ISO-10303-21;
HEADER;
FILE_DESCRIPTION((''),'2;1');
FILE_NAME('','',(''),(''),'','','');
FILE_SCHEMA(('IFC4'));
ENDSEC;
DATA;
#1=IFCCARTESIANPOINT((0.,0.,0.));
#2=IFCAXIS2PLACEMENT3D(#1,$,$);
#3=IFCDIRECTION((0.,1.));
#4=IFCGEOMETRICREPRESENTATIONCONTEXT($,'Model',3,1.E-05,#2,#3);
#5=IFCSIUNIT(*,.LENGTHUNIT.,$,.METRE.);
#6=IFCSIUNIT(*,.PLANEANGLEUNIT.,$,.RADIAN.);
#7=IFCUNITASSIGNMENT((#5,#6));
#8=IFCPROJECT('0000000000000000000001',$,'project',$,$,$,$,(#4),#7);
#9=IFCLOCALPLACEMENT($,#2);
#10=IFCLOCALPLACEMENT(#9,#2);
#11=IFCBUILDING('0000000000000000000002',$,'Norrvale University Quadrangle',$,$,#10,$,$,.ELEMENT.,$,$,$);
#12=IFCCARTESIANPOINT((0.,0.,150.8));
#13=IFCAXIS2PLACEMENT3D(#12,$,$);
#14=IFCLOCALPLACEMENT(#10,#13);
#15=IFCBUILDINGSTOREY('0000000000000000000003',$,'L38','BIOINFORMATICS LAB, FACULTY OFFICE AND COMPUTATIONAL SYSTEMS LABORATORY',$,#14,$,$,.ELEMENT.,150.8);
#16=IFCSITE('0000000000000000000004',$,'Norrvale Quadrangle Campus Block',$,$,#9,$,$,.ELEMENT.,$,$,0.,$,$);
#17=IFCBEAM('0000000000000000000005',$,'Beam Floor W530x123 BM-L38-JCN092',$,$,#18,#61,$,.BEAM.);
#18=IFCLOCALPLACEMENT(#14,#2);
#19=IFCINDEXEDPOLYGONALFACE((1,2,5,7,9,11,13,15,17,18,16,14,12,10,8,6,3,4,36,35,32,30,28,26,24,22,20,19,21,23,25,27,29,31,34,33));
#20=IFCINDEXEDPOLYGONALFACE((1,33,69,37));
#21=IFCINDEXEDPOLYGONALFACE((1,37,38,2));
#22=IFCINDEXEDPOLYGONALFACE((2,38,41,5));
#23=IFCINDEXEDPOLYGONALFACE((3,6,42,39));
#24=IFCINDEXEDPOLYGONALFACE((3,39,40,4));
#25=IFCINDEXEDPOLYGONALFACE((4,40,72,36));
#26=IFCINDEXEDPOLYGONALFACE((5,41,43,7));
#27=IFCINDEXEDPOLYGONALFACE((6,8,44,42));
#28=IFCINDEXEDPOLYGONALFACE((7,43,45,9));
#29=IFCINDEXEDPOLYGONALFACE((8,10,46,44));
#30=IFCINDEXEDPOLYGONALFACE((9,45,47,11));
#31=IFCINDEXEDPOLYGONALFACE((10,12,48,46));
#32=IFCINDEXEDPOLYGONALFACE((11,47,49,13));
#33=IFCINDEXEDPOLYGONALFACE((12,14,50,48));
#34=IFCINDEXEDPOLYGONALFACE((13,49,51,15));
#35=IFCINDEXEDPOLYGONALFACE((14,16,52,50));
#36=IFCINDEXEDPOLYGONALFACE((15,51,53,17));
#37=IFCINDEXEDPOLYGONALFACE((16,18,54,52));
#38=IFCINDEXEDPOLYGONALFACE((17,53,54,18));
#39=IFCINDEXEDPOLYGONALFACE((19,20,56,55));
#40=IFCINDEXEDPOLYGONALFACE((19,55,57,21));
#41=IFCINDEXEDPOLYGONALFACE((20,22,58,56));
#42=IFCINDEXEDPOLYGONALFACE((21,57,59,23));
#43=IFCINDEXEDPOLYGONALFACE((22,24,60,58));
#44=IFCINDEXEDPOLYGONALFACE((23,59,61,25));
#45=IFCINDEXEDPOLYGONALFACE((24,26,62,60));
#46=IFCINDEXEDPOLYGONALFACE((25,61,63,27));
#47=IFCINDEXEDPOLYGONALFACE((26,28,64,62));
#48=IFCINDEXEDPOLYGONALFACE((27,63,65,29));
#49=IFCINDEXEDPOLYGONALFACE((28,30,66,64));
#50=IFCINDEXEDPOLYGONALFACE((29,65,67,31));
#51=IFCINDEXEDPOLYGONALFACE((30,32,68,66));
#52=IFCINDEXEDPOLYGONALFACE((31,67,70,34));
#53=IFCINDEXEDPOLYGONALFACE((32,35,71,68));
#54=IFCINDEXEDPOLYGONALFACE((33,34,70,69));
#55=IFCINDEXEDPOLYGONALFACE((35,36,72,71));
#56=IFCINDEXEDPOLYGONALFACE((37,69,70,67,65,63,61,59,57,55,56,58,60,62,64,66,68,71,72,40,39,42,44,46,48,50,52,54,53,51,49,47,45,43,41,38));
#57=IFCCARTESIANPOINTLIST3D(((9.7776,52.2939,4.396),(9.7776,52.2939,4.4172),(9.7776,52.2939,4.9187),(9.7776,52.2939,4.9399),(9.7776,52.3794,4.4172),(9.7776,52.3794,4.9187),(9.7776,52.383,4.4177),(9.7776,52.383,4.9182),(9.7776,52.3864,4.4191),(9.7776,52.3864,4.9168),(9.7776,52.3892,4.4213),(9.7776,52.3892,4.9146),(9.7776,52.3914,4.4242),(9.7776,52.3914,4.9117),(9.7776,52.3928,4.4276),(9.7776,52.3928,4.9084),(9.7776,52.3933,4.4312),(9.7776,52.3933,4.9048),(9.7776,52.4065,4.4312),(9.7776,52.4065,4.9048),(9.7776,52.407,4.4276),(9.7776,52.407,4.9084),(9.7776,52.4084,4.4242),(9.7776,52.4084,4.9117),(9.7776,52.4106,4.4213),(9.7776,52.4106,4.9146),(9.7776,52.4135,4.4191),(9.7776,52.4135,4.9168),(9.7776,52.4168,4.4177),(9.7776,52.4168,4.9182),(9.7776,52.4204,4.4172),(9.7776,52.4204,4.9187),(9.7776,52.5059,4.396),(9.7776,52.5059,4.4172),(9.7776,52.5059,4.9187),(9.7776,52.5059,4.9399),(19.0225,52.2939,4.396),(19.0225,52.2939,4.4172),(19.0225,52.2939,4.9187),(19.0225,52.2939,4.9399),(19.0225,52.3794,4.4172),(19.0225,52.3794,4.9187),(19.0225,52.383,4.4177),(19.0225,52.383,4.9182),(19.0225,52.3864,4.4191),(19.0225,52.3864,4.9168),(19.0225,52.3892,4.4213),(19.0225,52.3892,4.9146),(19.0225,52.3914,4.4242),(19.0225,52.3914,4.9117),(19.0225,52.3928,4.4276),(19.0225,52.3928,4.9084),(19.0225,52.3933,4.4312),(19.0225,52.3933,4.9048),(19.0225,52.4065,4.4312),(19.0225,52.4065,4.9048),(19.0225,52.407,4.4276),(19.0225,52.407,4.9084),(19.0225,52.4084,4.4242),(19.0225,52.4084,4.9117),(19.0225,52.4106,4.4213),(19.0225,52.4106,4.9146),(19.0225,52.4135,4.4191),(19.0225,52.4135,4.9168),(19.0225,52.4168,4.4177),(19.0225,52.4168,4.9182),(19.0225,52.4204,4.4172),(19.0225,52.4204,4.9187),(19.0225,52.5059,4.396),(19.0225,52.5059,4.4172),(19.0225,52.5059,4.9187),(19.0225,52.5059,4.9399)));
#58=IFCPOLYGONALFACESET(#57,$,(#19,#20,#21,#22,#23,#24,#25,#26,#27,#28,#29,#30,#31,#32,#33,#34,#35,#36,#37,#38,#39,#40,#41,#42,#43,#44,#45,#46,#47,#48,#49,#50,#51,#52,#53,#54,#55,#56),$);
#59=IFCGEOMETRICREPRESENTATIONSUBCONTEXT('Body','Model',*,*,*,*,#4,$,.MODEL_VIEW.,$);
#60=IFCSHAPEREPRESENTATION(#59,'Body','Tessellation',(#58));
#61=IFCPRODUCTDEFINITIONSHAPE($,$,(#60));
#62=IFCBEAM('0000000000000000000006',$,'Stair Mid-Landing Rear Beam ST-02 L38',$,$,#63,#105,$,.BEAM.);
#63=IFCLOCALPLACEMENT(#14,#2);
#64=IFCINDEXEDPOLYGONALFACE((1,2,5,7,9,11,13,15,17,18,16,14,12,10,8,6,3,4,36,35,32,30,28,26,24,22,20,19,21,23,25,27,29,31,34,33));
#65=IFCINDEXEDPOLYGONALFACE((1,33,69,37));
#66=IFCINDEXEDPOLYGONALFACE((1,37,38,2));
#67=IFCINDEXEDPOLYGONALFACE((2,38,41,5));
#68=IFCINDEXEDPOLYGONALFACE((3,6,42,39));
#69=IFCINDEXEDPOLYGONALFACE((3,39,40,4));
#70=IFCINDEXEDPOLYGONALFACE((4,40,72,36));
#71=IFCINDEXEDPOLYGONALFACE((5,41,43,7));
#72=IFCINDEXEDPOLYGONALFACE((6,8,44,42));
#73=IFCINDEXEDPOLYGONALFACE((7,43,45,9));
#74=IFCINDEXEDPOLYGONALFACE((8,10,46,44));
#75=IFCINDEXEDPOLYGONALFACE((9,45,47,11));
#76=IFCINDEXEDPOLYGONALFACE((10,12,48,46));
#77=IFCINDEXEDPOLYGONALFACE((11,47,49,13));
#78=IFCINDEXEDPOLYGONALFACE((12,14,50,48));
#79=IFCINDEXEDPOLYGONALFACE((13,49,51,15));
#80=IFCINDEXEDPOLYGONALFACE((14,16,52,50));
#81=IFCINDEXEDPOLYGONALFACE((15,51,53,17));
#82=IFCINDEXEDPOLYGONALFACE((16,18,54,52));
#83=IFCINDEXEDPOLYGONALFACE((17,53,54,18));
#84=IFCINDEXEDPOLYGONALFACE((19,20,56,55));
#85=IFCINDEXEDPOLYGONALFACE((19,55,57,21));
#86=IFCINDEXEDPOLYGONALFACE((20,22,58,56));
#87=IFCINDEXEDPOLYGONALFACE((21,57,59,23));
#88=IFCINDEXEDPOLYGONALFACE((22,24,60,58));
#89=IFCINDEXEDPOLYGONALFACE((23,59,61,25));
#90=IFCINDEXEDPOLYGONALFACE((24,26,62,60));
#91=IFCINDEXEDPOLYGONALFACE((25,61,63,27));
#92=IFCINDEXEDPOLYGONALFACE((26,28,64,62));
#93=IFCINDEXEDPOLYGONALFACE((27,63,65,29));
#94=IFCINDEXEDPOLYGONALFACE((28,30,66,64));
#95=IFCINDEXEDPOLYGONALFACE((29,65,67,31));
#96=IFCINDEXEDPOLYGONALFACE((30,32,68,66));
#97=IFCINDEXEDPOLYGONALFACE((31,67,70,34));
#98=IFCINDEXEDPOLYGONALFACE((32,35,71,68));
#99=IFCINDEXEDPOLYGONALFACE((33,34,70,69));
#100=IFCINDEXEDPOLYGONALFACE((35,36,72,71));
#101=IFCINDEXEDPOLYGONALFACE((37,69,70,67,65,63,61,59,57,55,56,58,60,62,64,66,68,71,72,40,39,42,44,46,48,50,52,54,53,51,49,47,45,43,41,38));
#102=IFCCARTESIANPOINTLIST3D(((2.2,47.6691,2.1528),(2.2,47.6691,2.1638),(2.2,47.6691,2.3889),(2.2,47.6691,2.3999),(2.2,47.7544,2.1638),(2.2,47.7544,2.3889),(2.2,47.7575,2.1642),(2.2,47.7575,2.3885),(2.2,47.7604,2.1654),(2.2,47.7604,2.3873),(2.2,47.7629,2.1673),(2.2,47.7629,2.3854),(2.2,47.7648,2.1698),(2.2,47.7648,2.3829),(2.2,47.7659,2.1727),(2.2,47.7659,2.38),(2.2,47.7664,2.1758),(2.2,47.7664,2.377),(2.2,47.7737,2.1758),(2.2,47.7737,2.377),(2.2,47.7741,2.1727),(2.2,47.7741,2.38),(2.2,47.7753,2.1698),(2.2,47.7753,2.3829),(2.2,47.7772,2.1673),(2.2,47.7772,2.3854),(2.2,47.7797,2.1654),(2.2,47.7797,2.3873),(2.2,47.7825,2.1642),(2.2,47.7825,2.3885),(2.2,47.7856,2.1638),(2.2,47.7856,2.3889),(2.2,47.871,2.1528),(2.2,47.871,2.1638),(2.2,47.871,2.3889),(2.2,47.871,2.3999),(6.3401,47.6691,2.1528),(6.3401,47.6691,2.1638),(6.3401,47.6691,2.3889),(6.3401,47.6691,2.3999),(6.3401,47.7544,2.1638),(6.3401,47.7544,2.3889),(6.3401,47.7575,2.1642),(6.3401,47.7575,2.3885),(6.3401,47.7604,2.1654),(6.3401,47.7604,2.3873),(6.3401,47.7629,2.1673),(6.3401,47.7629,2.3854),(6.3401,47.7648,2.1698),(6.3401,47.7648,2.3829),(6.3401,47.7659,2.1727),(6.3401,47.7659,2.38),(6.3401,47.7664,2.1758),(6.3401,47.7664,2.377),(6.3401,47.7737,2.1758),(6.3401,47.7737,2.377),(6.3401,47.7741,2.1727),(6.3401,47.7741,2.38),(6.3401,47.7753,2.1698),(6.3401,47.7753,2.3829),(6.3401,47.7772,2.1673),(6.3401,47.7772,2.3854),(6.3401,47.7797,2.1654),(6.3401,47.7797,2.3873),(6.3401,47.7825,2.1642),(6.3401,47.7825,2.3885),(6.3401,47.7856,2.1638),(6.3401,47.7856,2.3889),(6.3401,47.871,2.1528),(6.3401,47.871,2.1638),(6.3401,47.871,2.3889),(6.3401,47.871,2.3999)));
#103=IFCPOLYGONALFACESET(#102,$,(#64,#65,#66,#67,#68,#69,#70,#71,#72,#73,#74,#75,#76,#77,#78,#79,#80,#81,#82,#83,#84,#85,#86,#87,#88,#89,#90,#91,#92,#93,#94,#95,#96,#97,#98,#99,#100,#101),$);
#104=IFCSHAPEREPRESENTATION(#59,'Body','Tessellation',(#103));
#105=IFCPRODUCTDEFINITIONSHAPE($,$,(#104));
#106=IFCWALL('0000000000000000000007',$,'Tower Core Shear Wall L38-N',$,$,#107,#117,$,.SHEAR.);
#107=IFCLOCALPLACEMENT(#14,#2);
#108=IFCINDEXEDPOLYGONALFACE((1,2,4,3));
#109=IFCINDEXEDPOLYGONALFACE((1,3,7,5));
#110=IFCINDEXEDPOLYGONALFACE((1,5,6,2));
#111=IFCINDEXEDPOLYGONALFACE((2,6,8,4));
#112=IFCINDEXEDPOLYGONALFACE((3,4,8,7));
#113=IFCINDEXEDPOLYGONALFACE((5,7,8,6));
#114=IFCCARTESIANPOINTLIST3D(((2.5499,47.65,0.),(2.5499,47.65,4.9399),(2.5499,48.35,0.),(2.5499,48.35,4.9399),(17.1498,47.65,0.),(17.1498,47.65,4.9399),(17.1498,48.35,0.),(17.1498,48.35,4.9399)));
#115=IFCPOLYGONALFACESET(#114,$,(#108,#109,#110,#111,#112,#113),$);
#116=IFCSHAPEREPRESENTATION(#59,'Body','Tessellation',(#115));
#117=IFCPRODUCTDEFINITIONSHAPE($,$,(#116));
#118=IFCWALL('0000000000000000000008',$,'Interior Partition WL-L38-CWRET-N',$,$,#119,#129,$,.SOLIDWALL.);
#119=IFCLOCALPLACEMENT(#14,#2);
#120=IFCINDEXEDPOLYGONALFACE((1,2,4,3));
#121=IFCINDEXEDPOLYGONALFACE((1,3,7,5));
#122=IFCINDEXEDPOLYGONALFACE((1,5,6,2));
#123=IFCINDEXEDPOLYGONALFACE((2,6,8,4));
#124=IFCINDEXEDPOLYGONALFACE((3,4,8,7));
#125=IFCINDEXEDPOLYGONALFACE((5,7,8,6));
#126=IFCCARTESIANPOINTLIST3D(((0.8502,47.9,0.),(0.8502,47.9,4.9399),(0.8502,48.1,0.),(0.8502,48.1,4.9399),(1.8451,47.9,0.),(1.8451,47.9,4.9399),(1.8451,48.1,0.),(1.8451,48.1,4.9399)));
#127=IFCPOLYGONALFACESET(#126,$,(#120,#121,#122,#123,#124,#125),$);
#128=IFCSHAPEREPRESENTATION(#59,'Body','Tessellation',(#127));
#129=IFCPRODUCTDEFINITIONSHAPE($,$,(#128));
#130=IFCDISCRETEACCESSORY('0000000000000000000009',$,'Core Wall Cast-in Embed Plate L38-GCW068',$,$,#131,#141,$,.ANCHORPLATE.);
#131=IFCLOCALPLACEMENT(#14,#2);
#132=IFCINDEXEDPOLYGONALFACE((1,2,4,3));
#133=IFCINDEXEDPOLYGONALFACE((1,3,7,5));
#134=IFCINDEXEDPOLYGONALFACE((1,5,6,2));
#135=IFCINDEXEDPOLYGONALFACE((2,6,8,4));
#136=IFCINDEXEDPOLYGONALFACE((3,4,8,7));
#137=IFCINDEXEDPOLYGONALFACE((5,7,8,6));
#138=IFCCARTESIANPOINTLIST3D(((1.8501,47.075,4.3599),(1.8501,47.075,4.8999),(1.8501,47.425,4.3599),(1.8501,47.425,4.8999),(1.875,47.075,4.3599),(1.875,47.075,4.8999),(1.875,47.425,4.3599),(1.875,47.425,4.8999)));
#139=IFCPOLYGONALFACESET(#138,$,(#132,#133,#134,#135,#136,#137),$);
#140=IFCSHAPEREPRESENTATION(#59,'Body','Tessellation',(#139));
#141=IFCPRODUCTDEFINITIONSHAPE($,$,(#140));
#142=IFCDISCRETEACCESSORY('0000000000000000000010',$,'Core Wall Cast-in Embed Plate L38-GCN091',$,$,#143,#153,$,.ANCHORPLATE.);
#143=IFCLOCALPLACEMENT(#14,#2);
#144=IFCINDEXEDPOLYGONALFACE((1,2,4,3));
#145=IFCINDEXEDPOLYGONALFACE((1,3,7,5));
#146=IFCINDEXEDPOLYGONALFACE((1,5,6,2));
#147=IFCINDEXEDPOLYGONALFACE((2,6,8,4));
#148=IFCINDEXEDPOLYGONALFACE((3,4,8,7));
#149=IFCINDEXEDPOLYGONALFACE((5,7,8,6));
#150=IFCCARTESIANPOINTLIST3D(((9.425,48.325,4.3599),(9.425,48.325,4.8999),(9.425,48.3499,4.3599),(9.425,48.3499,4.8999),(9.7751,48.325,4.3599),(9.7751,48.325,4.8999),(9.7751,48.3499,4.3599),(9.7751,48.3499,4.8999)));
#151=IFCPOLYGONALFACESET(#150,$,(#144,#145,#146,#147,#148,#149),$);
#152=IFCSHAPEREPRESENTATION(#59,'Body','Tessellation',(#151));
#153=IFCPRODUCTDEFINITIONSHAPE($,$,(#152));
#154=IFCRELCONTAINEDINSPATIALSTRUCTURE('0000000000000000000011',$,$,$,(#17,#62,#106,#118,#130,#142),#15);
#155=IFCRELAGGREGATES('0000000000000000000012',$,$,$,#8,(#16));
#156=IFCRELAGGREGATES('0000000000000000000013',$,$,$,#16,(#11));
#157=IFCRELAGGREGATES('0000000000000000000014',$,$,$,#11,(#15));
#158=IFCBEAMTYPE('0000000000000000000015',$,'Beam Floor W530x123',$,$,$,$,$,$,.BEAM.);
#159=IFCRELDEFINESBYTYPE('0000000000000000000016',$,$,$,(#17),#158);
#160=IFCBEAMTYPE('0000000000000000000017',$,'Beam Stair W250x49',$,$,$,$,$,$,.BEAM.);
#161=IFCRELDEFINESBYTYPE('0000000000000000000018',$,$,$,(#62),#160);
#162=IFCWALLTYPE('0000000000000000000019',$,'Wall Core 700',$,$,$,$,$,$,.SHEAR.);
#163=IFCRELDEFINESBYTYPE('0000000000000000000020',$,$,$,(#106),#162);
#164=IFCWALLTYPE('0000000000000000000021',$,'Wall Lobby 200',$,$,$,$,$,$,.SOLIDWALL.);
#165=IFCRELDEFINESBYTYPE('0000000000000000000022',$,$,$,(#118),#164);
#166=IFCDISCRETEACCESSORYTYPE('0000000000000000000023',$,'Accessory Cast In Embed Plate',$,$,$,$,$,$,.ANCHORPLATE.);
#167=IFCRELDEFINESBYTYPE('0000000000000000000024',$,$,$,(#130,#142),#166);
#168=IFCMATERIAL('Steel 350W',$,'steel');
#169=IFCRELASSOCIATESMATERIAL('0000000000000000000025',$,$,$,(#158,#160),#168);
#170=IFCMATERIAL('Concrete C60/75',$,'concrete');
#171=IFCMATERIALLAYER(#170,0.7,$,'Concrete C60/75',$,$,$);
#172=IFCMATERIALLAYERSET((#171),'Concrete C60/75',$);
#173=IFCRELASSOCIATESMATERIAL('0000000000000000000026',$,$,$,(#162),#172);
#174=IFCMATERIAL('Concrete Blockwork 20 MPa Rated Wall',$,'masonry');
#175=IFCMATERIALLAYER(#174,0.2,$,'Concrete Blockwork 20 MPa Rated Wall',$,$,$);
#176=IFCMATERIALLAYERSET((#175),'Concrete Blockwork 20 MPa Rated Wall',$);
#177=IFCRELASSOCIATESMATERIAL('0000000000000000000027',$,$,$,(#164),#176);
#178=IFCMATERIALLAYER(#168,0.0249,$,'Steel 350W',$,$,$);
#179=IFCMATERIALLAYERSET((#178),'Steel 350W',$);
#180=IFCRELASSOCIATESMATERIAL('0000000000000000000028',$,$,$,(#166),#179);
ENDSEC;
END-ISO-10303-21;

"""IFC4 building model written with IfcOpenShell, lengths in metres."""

from ifc_helpers import new_model, si_unit, direction, frame, frame_2d, origin, origin_2d, place, context, subcontext, project, spatial, rectangle, i_section, extrude, material, layer, layer_set, material_profile, profile_set, type_object, element, save


model = new_model("IFC4")

# Units and contexts
model_context = context("Model", 3, precision=1e-05, world=origin(), true_north=direction((0.0, 1.0)))
body_context = subcontext(model_context, "Body", "Model", "MODEL_VIEW")
ifc_project = project(units=[si_unit("LENGTHUNIT", "METRE"), si_unit("PLANEANGLEUNIT", "RADIAN")], contexts=[model_context])

# Site, building, storey
site_placement = place(None, origin())
site = spatial("IfcSite", under=ifc_project, at=site_placement, Name="Norrvale Quadrangle Campus Block", CompositionType="ELEMENT", RefElevation=0.0)
building_placement = place(site_placement, origin())
building = spatial("IfcBuilding", under=site, at=building_placement, Name="Norrvale University Quadrangle", CompositionType="ELEMENT")
storey_placement = place(building_placement, frame((0.0, 0.0, 150.8)))
storey = spatial("IfcBuildingStorey", under=building, at=storey_placement, Name="L38", Description="BIOINFORMATICS LAB, FACULTY OFFICE AND COMPUTATIONAL SYSTEMS LABORATORY", CompositionType="ELEMENT", Elevation=150.8)

# Shared definitions
ifc_material_1 = material(Name="Concrete C60/75", Category="concrete")

# Beams
ifc_material_2 = material(Name="Steel 350W", Category="steel")
ifc_material_profile_1 = material_profile(ifc_material_2, i_section(OverallWidth=0.2119, OverallDepth=0.5439, WebThickness=0.0132, FlangeThickness=0.0212, FilletRadius=0.0139, at=origin_2d()), Name="Steel 350W")
ifc_profile_set_1 = profile_set([ifc_material_profile_1], Name="Steel 350W")
beam_type_1 = type_object("IfcBeamType", Name="Beam Floor W530x123", PredefinedType="BEAM", material=ifc_profile_set_1)
beam_1_placement = place(storey_placement, frame((9.7776, 52.3999, 4.668), z_axis=(1.0, 0.0, 0.0), x_axis=(0.0, 1.0, 0.0)))
element("IfcBeam", 1, at=beam_1_placement, inside=storey, type_object=beam_type_1, Name="Beam Floor W530x123 BM-L38-JCN092", PredefinedType="BEAM", context=body_context, shape_type="SweptSolid", body=[
    extrude(i_section(OverallWidth=0.2119, OverallDepth=0.5439, WebThickness=0.0132, FlangeThickness=0.0212, FilletRadius=0.0139, at=origin_2d()), origin(), (0.0, 0.0, 1.0), 9.2449),
])
ifc_material_profile_2 = material_profile(ifc_material_2, i_section(OverallWidth=0.2019, OverallDepth=0.2471, WebThickness=0.0073, FlangeThickness=0.011, FilletRadius=0.012, at=origin_2d()), Name="Steel 350W")
ifc_profile_set_2 = profile_set([ifc_material_profile_2], Name="Steel 350W")
beam_type_2 = type_object("IfcBeamType", Name="Beam Stair W250x49", PredefinedType="BEAM", material=ifc_profile_set_2)
beam_2_placement = place(storey_placement, frame((2.2, 47.77, 2.2764), z_axis=(1.0, 0.0, 0.0), x_axis=(0.0, 1.0, 0.0)))
element("IfcBeam", 2, at=beam_2_placement, inside=storey, type_object=beam_type_2, Name="Stair Mid-Landing Rear Beam ST-02 L38", PredefinedType="BEAM", context=body_context, shape_type="SweptSolid", body=[
    extrude(i_section(OverallWidth=0.2019, OverallDepth=0.2471, WebThickness=0.0073, FlangeThickness=0.011, FilletRadius=0.012, at=origin_2d()), origin(), (0.0, 0.0, 1.0), 4.1401),
])

# Walls
ifc_layer_1 = layer(ifc_material_1, 0.7, Name="Concrete C60/75")
ifc_layer_set_1 = layer_set([ifc_layer_1], Name="Concrete C60/75")
wall_type_1 = type_object("IfcWallType", Name="Wall Core 700", PredefinedType="SHEAR", material=ifc_layer_set_1)
wall_1_placement = place(storey_placement, frame((2.55, 48.0, 0.0), z_axis=(0.0, 0.0, 1.0), x_axis=(1.0, 0.0, 0.0)))
element("IfcWall", 3, at=wall_1_placement, inside=storey, type_object=wall_type_1, Name="Tower Core Shear Wall L38-N", PredefinedType="SHEAR", context=body_context, shape_type="SweptSolid", body=[
    extrude(rectangle(XDim=14.5999, YDim=0.7, at=frame_2d((7.2998, 0.0))), origin(), (0.0, 0.0, 1.0), 4.9399),
])
ifc_material_3 = material(Name="Concrete Blockwork 20 MPa Rated Wall", Category="masonry")
ifc_layer_2 = layer(ifc_material_3, 0.2, Name="Concrete Blockwork 20 MPa Rated Wall")
ifc_layer_set_2 = layer_set([ifc_layer_2], Name="Concrete Blockwork 20 MPa Rated Wall")
wall_type_2 = type_object("IfcWallType", Name="Wall Lobby 200", PredefinedType="SOLIDWALL", material=ifc_layer_set_2)
wall_2_placement = place(storey_placement, frame((0.8501, 48.0, 0.0), z_axis=(0.0, 0.0, 1.0), x_axis=(1.0, 0.0, 0.0)))
element("IfcWall", 4, at=wall_2_placement, inside=storey, type_object=wall_type_2, Name="Interior Partition WL-L38-CWRET-N", PredefinedType="SOLIDWALL", context=body_context, shape_type="SweptSolid", body=[
    extrude(rectangle(XDim=0.9949, YDim=0.2, at=frame_2d((0.4976, 0.0))), origin(), (0.0, 0.0, 1.0), 4.9399),
])

# Discrete accessories
ifc_layer_3 = layer(ifc_material_2, 0.0249, Name="Steel 350W")
ifc_layer_set_3 = layer_set([ifc_layer_3], Name="Steel 350W")
discrete_accessory_type = type_object("IfcDiscreteAccessoryType", Name="Accessory Cast In Embed Plate", PredefinedType="ANCHORPLATE", material=ifc_layer_set_3)
discrete_accessory_1_placement = place(storey_placement, frame((1.8625, 47.25, 4.3599), z_axis=(0.0, 0.0, 1.0), x_axis=(1.0, 0.0, 0.0)))
element("IfcDiscreteAccessory", 5, at=discrete_accessory_1_placement, inside=storey, type_object=discrete_accessory_type, Name="Core Wall Cast-in Embed Plate L38-GCW068", PredefinedType="ANCHORPLATE", context=body_context, shape_type="SweptSolid", body=[
    extrude(rectangle(XDim=0.0249, YDim=0.3501, at=origin_2d()), origin(), (0.0, 0.0, 1.0), 0.54),
])
discrete_accessory_2_placement = place(storey_placement, frame((9.6001, 48.3374, 4.3599), z_axis=(0.0, 0.0, 1.0), x_axis=(1.0, 0.0, 0.0)))
element("IfcDiscreteAccessory", 6, at=discrete_accessory_2_placement, inside=storey, type_object=discrete_accessory_type, Name="Core Wall Cast-in Embed Plate L38-GCN091", PredefinedType="ANCHORPLATE", context=body_context, shape_type="SweptSolid", body=[
    extrude(rectangle(XDim=0.3501, YDim=0.0249, at=origin_2d()), origin(), (0.0, 0.0, 1.0), 0.54),
])

save(model, "model.ifc")
